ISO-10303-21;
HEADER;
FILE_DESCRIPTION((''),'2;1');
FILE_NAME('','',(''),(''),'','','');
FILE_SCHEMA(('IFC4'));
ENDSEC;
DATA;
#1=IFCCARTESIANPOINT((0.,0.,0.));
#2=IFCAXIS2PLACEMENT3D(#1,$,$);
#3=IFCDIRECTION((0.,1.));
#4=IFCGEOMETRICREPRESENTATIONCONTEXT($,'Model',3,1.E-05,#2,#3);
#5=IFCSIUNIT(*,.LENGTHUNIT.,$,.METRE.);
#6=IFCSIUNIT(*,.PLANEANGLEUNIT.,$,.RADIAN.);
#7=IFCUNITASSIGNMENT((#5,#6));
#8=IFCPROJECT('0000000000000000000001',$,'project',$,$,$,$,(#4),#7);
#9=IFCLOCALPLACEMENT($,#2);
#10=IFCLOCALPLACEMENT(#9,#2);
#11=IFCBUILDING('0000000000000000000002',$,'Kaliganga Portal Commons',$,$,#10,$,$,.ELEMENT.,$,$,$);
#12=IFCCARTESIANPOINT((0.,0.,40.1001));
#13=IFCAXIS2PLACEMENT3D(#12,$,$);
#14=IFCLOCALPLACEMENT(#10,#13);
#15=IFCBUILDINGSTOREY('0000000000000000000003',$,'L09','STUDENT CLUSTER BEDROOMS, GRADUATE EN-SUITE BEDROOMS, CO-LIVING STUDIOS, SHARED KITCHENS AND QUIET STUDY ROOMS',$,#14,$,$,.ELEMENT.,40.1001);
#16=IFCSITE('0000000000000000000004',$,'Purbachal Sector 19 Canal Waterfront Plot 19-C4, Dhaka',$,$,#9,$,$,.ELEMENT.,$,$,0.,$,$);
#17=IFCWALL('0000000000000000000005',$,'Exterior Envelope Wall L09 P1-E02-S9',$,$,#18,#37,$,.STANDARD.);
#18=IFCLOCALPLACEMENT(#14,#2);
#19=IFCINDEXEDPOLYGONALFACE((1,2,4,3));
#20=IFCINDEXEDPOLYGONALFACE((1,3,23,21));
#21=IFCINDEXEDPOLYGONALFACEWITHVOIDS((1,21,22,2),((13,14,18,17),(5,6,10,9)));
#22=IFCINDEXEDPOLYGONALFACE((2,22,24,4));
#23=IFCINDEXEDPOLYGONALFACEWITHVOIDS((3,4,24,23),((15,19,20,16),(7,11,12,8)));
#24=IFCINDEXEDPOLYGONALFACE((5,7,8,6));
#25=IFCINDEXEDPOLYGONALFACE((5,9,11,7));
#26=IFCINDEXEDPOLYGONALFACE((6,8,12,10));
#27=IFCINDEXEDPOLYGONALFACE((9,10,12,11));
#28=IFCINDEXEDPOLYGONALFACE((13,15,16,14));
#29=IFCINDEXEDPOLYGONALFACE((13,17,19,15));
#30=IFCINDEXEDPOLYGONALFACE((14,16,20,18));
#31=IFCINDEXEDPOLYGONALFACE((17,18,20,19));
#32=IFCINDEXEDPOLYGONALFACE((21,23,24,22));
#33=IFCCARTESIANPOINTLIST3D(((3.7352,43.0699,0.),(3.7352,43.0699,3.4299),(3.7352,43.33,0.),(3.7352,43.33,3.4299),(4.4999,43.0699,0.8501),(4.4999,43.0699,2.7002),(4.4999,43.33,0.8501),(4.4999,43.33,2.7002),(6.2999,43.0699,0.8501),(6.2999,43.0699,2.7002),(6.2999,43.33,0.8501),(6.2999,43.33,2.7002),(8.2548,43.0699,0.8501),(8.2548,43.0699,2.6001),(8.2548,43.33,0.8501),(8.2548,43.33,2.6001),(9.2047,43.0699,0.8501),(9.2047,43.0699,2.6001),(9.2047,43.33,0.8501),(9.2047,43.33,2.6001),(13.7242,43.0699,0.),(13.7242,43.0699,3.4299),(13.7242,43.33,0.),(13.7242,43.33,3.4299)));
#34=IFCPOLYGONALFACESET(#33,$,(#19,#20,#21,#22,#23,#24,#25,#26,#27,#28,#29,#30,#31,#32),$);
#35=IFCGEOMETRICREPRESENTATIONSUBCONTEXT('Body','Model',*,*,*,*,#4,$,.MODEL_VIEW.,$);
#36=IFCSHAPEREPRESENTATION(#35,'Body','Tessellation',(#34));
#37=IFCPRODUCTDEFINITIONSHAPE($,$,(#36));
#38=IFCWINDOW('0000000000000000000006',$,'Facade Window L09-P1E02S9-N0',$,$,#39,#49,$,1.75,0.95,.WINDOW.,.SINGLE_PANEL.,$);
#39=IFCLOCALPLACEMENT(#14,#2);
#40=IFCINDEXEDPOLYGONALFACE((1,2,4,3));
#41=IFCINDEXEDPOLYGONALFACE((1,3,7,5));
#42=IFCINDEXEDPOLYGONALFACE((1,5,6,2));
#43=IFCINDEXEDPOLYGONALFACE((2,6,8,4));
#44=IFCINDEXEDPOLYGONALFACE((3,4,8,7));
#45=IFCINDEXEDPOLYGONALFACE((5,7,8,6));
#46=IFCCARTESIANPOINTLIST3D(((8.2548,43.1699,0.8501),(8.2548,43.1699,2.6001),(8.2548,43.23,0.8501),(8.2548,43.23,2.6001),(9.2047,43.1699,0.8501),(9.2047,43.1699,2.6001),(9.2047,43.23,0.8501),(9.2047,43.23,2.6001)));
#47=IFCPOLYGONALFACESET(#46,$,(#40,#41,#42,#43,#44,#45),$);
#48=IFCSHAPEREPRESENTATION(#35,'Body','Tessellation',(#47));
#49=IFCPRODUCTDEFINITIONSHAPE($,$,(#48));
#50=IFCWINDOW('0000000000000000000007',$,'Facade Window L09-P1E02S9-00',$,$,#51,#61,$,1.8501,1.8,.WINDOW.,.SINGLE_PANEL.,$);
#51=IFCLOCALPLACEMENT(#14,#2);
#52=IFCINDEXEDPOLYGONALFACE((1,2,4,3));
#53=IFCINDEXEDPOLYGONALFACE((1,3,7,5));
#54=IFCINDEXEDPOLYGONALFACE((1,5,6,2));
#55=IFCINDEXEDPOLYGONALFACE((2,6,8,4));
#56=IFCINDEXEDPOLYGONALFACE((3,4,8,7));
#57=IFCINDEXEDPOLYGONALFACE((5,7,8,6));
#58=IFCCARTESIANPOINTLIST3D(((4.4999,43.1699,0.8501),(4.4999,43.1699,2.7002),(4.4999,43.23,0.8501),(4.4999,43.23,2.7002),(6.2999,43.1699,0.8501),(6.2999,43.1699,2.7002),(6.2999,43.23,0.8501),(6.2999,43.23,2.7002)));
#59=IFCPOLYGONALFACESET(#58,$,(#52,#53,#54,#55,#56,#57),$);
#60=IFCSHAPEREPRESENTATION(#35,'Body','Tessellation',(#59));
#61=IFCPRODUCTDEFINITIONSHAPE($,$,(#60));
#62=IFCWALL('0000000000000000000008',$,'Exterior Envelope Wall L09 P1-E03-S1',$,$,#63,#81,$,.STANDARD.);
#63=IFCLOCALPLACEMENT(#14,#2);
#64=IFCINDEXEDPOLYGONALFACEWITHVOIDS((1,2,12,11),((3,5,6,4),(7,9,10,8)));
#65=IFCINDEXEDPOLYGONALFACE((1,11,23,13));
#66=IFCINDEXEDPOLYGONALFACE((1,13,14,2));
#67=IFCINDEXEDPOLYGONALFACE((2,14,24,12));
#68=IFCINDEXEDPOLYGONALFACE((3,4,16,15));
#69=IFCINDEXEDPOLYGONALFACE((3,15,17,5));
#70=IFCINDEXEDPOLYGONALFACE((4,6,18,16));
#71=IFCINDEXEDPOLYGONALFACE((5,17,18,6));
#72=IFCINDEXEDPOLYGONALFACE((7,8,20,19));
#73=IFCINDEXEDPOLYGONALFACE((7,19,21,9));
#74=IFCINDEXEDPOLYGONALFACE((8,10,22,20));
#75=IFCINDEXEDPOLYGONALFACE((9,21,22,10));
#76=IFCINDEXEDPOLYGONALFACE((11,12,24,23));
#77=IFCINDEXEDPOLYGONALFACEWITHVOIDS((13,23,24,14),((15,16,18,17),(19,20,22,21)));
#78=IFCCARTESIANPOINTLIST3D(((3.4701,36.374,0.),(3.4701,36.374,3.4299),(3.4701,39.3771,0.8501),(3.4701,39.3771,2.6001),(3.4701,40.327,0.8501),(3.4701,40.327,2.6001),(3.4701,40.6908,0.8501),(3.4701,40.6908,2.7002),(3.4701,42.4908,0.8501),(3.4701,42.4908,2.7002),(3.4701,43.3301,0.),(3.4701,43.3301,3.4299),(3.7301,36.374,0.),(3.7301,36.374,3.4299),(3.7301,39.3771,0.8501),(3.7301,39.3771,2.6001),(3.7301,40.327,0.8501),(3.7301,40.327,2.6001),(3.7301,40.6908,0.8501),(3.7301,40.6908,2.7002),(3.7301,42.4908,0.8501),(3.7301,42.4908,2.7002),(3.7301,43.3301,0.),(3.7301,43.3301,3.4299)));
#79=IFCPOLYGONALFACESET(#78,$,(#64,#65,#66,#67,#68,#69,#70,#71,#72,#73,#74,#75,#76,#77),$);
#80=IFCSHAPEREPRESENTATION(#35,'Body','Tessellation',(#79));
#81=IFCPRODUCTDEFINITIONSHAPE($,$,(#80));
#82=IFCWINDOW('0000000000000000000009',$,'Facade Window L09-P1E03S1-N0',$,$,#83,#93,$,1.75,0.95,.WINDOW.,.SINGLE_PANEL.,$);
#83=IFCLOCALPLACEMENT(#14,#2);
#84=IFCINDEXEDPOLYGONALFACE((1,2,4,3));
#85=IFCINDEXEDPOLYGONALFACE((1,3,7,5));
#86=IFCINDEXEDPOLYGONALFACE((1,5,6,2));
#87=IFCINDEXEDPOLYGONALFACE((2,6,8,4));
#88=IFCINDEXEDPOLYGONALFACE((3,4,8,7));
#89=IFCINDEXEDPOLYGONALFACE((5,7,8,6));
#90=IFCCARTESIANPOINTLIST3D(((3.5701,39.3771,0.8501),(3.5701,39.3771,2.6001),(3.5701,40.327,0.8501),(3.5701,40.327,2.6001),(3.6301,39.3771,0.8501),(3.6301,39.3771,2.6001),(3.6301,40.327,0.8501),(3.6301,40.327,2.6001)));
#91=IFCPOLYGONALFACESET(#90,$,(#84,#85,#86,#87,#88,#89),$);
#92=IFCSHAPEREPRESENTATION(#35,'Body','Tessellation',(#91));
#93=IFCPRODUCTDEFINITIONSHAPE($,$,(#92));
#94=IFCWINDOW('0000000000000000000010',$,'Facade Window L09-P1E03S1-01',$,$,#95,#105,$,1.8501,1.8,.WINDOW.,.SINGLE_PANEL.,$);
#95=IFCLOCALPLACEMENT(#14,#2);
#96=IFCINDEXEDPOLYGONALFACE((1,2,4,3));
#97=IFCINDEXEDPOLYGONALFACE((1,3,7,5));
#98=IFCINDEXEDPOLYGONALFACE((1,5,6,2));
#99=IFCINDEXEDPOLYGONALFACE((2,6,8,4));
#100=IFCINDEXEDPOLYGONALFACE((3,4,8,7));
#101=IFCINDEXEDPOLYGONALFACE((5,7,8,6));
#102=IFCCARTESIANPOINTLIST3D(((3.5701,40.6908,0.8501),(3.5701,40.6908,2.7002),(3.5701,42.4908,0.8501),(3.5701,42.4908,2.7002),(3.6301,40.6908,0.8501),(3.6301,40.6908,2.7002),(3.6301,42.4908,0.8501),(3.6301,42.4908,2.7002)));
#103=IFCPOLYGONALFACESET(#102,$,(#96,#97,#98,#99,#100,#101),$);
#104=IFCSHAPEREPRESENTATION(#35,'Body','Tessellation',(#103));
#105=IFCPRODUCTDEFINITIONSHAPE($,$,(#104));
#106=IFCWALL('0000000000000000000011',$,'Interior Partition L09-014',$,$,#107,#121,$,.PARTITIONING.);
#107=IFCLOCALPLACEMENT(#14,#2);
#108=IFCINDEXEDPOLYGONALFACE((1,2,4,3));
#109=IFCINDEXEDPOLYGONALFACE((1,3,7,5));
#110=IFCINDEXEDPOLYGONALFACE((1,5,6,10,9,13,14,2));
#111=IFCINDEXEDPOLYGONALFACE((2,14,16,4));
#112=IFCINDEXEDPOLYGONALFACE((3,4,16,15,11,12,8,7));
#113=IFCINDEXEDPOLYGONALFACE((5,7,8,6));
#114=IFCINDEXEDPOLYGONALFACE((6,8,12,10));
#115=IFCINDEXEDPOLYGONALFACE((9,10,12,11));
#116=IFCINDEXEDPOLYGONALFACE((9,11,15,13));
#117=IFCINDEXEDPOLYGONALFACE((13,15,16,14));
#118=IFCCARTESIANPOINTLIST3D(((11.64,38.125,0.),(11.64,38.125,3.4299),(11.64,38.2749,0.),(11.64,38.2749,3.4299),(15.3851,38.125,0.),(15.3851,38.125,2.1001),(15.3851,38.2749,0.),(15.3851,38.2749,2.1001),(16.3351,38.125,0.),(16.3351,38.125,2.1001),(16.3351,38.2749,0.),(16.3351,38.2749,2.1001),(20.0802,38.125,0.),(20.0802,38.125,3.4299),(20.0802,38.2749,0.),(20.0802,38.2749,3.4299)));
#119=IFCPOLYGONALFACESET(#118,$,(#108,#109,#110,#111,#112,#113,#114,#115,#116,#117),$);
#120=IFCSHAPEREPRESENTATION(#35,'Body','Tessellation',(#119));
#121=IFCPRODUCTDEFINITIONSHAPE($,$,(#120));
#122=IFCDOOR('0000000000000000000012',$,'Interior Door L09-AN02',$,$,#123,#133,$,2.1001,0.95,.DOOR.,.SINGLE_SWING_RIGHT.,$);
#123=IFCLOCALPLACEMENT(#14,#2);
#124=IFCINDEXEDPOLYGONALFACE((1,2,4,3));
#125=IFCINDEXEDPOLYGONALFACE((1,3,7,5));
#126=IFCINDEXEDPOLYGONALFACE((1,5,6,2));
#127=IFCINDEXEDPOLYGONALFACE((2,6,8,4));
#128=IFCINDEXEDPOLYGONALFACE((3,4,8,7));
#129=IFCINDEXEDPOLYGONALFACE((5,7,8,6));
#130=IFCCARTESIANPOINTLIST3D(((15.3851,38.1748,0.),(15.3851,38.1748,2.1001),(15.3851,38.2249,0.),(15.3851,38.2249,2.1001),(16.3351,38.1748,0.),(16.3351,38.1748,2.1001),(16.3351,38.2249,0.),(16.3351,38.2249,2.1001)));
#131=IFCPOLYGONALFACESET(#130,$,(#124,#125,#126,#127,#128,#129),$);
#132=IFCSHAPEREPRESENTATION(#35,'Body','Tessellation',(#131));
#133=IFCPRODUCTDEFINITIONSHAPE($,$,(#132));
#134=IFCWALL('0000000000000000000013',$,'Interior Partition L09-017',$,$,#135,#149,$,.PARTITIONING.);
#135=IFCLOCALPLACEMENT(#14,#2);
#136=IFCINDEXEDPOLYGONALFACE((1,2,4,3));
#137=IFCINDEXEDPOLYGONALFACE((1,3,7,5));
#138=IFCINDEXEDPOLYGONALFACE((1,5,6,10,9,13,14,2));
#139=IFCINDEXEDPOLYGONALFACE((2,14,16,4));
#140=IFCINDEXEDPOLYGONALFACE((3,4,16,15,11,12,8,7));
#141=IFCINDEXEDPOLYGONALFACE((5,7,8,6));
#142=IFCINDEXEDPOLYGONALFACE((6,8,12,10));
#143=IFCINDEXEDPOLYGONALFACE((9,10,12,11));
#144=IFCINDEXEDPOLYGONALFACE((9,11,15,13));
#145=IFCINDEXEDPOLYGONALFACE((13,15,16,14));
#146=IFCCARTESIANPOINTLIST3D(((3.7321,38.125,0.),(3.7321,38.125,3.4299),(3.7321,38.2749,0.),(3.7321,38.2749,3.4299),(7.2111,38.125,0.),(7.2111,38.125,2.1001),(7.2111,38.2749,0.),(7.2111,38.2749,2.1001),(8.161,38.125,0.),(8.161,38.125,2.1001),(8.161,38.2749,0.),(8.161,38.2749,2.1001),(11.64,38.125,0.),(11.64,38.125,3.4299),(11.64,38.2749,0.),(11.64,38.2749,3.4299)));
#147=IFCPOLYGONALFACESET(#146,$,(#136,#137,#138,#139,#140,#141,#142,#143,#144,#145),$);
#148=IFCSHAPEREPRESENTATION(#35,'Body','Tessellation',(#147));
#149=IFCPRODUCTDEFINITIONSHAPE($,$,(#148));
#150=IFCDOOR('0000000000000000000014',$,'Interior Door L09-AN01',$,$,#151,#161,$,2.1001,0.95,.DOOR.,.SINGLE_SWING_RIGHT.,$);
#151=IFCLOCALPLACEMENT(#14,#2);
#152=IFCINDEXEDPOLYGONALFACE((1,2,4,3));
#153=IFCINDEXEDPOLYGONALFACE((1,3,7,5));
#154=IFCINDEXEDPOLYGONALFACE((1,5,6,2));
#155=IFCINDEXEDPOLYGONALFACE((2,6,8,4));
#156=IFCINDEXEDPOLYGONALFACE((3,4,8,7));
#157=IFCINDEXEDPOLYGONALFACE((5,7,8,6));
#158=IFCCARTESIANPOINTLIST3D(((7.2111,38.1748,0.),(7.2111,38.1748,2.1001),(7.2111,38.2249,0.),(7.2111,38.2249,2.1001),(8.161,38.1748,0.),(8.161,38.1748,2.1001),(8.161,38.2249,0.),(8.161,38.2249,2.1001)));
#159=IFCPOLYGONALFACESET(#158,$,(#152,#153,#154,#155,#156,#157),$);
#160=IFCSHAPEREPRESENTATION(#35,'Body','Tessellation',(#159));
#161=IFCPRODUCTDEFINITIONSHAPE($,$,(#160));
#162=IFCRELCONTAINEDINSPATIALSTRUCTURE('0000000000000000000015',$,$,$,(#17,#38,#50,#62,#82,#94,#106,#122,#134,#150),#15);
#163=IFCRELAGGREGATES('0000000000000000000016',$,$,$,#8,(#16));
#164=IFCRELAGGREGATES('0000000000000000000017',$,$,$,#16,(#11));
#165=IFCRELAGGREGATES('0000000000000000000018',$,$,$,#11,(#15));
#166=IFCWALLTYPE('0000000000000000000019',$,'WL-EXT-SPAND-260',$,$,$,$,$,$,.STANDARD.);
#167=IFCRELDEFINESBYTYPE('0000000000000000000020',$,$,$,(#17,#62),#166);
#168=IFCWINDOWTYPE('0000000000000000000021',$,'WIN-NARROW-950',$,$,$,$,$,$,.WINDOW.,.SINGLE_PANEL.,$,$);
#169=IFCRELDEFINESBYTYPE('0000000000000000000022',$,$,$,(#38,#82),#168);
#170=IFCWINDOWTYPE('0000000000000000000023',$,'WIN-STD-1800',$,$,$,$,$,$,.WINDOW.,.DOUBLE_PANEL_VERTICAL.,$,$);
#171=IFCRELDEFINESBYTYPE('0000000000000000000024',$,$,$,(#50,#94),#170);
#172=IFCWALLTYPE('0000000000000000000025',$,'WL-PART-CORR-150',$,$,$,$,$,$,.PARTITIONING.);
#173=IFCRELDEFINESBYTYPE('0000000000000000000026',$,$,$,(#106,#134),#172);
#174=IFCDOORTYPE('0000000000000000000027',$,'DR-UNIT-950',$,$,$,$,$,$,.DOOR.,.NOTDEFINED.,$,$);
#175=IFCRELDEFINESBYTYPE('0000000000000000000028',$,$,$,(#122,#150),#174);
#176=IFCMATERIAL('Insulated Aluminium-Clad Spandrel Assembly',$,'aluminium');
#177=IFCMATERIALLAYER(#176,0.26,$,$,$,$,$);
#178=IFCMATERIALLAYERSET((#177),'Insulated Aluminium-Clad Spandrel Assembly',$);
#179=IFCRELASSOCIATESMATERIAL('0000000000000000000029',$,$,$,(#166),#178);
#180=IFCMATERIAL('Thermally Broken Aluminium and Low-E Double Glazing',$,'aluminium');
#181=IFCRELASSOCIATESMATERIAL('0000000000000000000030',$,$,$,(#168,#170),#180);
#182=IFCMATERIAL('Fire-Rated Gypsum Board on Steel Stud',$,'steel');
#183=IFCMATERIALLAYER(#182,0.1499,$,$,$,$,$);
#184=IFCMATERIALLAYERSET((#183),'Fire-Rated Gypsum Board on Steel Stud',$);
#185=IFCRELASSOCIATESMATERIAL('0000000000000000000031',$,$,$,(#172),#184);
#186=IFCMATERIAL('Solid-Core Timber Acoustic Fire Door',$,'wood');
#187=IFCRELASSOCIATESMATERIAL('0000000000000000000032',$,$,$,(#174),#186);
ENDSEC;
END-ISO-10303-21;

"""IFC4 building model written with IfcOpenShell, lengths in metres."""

from ifc_helpers import new_model, si_unit, direction, frame, frame_2d, origin, place, context, subcontext, project, spatial, rectangle, extrude, material, layer, layer_set, type_object, element, fill, save


model = new_model("IFC4")

# Units and contexts
model_context = context("Model", 3, precision=1e-05, world=origin(), true_north=direction((0.0, 1.0)))
body_context = subcontext(model_context, "Body", "Model", "MODEL_VIEW")
ifc_project = project(units=[si_unit("LENGTHUNIT", "METRE"), si_unit("PLANEANGLEUNIT", "RADIAN")], contexts=[model_context])

# Site, building, storey
site_placement = place(None, origin())
site = spatial("IfcSite", under=ifc_project, at=site_placement, Name="Purbachal Sector 19 Canal Waterfront Plot 19-C4, Dhaka", CompositionType="ELEMENT", RefElevation=0.0)
building_placement = place(site_placement, origin())
building = spatial("IfcBuilding", under=site, at=building_placement, Name="Kaliganga Portal Commons", CompositionType="ELEMENT")
storey_placement = place(building_placement, frame((0.0, 0.0, 40.1001)))
storey = spatial("IfcBuildingStorey", under=building, at=storey_placement, Name="L09", Description="STUDENT CLUSTER BEDROOMS, GRADUATE EN-SUITE BEDROOMS, CO-LIVING STUDIOS, SHARED KITCHENS AND QUIET STUDY ROOMS", CompositionType="ELEMENT", Elevation=40.1001)

# Walls, openings, windows
ifc_material_1 = material(Name="Insulated Aluminium-Clad Spandrel Assembly", Category="aluminium")
ifc_layer_1 = layer(ifc_material_1, 0.26)
ifc_layer_set_1 = layer_set([ifc_layer_1], Name="Insulated Aluminium-Clad Spandrel Assembly")
wall_type_1 = type_object("IfcWallType", Name="WL-EXT-SPAND-260", PredefinedType="STANDARD", material=ifc_layer_set_1)
wall_1_placement = place(storey_placement, frame((3.7351, 43.2, 0.0), z_axis=(0.0, 0.0, 1.0), x_axis=(1.0, 0.0, 0.0)))
wall_1 = element("IfcWall", 1, at=wall_1_placement, inside=storey, type_object=wall_type_1, Name="Exterior Envelope Wall L09 P1-E02-S9", PredefinedType="STANDARD", context=body_context, shape_type="SweptSolid", body=[
    extrude(rectangle(XDim=9.989, YDim=0.26, at=frame_2d((4.9946, 0.0))), origin(), (0.0, 0.0, 1.0), 3.4299),
])
opening_1_placement = place(wall_1_placement, frame((0.7649, 0.0, 0.8501)))
opening_1 = element("IfcOpeningElement", 2, at=opening_1_placement, cuts=wall_1, PredefinedType="OPENING", context=body_context, shape_type="SweptSolid", body=[
    extrude(rectangle(XDim=1.8, YDim=1.8501, at=frame_2d((0.8999, 0.925))), frame((0.0, 0.1401, 0.0), z_axis=(0.0, -1.0, 0.0), x_axis=(1.0, 0.0, 0.0)), (0.0, 0.0, 1.0), 0.28),
])
opening_2_placement = place(wall_1_placement, frame((4.5195, 0.0, 0.8501)))
opening_2 = element("IfcOpeningElement", 3, at=opening_2_placement, cuts=wall_1, PredefinedType="OPENING", context=body_context, shape_type="SweptSolid", body=[
    extrude(rectangle(XDim=0.95, YDim=1.75, at=frame_2d((0.4751, 0.875))), frame((0.0, 0.1401, 0.0), z_axis=(0.0, -1.0, 0.0), x_axis=(1.0, 0.0, 0.0)), (0.0, 0.0, 1.0), 0.28),
])
ifc_material_2 = material(Name="Thermally Broken Aluminium and Low-E Double Glazing", Category="aluminium")
window_type_1 = type_object("IfcWindowType", Name="WIN-NARROW-950", PartitioningType="SINGLE_PANEL", PredefinedType="WINDOW", material=ifc_material_2)
window_1_placement = place(opening_2_placement, origin())
window_1 = element("IfcWindow", 4, at=window_1_placement, inside=storey, type_object=window_type_1, Name="Facade Window L09-P1E02S9-N0", OverallHeight=1.75, OverallWidth=0.95, PartitioningType="SINGLE_PANEL", PredefinedType="WINDOW", context=body_context, shape_type="SweptSolid", body=[
    extrude(rectangle(XDim=0.95, YDim=1.75, at=frame_2d((0.4751, 0.875))), frame((0.0, 0.03, 0.0), z_axis=(0.0, -1.0, 0.0), x_axis=(1.0, 0.0, 0.0)), (0.0, 0.0, 1.0), 0.0601),
])
fill(opening_2, window_1)
window_type_2 = type_object("IfcWindowType", Name="WIN-STD-1800", PartitioningType="DOUBLE_PANEL_VERTICAL", PredefinedType="WINDOW", material=ifc_material_2)
window_2_placement = place(opening_1_placement, origin())
window_2 = element("IfcWindow", 5, at=window_2_placement, inside=storey, type_object=window_type_2, Name="Facade Window L09-P1E02S9-00", OverallHeight=1.8501, OverallWidth=1.8, PartitioningType="SINGLE_PANEL", PredefinedType="WINDOW", context=body_context, shape_type="SweptSolid", body=[
    extrude(rectangle(XDim=1.8, YDim=1.8501, at=frame_2d((0.8999, 0.925))), frame((0.0, 0.03, 0.0), z_axis=(0.0, -1.0, 0.0), x_axis=(1.0, 0.0, 0.0)), (0.0, 0.0, 1.0), 0.0601),
])
fill(opening_1, window_2)
wall_2_placement = place(storey_placement, frame((3.6001, 36.374, 0.0), z_axis=(0.0, 0.0, 1.0), x_axis=(0.0, 1.0, 0.0)))
wall_2 = element("IfcWall", 6, at=wall_2_placement, inside=storey, type_object=wall_type_1, Name="Exterior Envelope Wall L09 P1-E03-S1", PredefinedType="STANDARD", context=body_context, shape_type="SweptSolid", body=[
    extrude(rectangle(XDim=6.9561, YDim=0.26, at=frame_2d((3.478, 0.0))), origin(), (0.0, 0.0, 1.0), 3.4299),
])
opening_3_placement = place(wall_2_placement, frame((4.3169, 0.0, 0.8501)))
opening_3 = element("IfcOpeningElement", 7, at=opening_3_placement, cuts=wall_2, PredefinedType="OPENING", context=body_context, shape_type="SweptSolid", body=[
    extrude(rectangle(XDim=1.8, YDim=1.8501, at=frame_2d((0.8999, 0.925))), frame((0.0, 0.1401, 0.0), z_axis=(0.0, -1.0, 0.0), x_axis=(1.0, 0.0, 0.0)), (0.0, 0.0, 1.0), 0.28),
])
opening_4_placement = place(wall_2_placement, frame((3.0029, 0.0, 0.8501)))
opening_4 = element("IfcOpeningElement", 8, at=opening_4_placement, cuts=wall_2, PredefinedType="OPENING", context=body_context, shape_type="SweptSolid", body=[
    extrude(rectangle(XDim=0.95, YDim=1.75, at=frame_2d((0.4751, 0.875))), frame((0.0, 0.1401, 0.0), z_axis=(0.0, -1.0, 0.0), x_axis=(1.0, 0.0, 0.0)), (0.0, 0.0, 1.0), 0.28),
])
window_3_placement = place(opening_4_placement, origin())
window_3 = element("IfcWindow", 9, at=window_3_placement, inside=storey, type_object=window_type_1, Name="Facade Window L09-P1E03S1-N0", OverallHeight=1.75, OverallWidth=0.95, PartitioningType="SINGLE_PANEL", PredefinedType="WINDOW", context=body_context, shape_type="SweptSolid", body=[
    extrude(rectangle(XDim=0.95, YDim=1.75, at=frame_2d((0.4751, 0.875))), frame((0.0, 0.03, 0.0), z_axis=(0.0, -1.0, 0.0), x_axis=(1.0, 0.0, 0.0)), (0.0, 0.0, 1.0), 0.0601),
])
fill(opening_4, window_3)
window_4_placement = place(opening_3_placement, origin())
window_4 = element("IfcWindow", 10, at=window_4_placement, inside=storey, type_object=window_type_2, Name="Facade Window L09-P1E03S1-01", OverallHeight=1.8501, OverallWidth=1.8, PartitioningType="SINGLE_PANEL", PredefinedType="WINDOW", context=body_context, shape_type="SweptSolid", body=[
    extrude(rectangle(XDim=1.8, YDim=1.8501, at=frame_2d((0.8999, 0.925))), frame((0.0, 0.03, 0.0), z_axis=(0.0, -1.0, 0.0), x_axis=(1.0, 0.0, 0.0)), (0.0, 0.0, 1.0), 0.0601),
])
fill(opening_3, window_4)

# Walls, openings, doors
ifc_material_3 = material(Name="Fire-Rated Gypsum Board on Steel Stud", Category="steel")
ifc_layer_2 = layer(ifc_material_3, 0.1499)
ifc_layer_set_2 = layer_set([ifc_layer_2], Name="Fire-Rated Gypsum Board on Steel Stud")
wall_type_2 = type_object("IfcWallType", Name="WL-PART-CORR-150", PredefinedType="PARTITIONING", material=ifc_layer_set_2)
wall_3_placement = place(storey_placement, frame((11.6399, 38.2, 0.0), z_axis=(0.0, 0.0, 1.0), x_axis=(1.0, 0.0, 0.0)))
wall_3 = element("IfcWall", 11, at=wall_3_placement, inside=storey, type_object=wall_type_2, Name="Interior Partition L09-014", PredefinedType="PARTITIONING", context=body_context, shape_type="SweptSolid", body=[
    extrude(rectangle(XDim=8.4402, YDim=0.1499, at=frame_2d((4.2202, 0.0))), origin(), (0.0, 0.0, 1.0), 3.4299),
])
opening_5_placement = place(wall_3_placement, frame((3.7451, 0.0, 0.0)))
opening_5 = element("IfcOpeningElement", 12, at=opening_5_placement, cuts=wall_3, PredefinedType="OPENING", context=body_context, shape_type="SweptSolid", body=[
    extrude(rectangle(XDim=0.95, YDim=2.1001, at=frame_2d((0.4751, 1.05))), frame((0.0, 0.085, 0.0), z_axis=(0.0, -1.0, 0.0), x_axis=(1.0, 0.0, 0.0)), (0.0, 0.0, 1.0), 0.1699),
])
ifc_material_4 = material(Name="Solid-Core Timber Acoustic Fire Door", Category="wood")
door_type_1 = type_object("IfcDoorType", Name="DR-UNIT-950", OperationType="NOTDEFINED", PredefinedType="DOOR", material=ifc_material_4)
door_1_placement = place(opening_5_placement, origin())
door_1 = element("IfcDoor", 13, at=door_1_placement, inside=storey, type_object=door_type_1, Name="Interior Door L09-AN02", OperationType="SINGLE_SWING_RIGHT", OverallHeight=2.1001, OverallWidth=0.95, PredefinedType="DOOR", context=body_context, shape_type="SweptSolid", body=[
    extrude(rectangle(XDim=0.95, YDim=2.1001, at=frame_2d((0.4751, 1.05))), frame((0.0, 0.0249, 0.0), z_axis=(0.0, -1.0, 0.0), x_axis=(1.0, 0.0, 0.0)), (0.0, 0.0, 1.0), 0.05),
])
fill(opening_5, door_1)
wall_4_placement = place(storey_placement, frame((3.7319, 38.2, 0.0), z_axis=(0.0, 0.0, 1.0), x_axis=(1.0, 0.0, 0.0)))
wall_4 = element("IfcWall", 14, at=wall_4_placement, inside=storey, type_object=wall_type_2, Name="Interior Partition L09-017", PredefinedType="PARTITIONING", context=body_context, shape_type="SweptSolid", body=[
    extrude(rectangle(XDim=7.908, YDim=0.1499, at=frame_2d((3.9541, 0.0))), origin(), (0.0, 0.0, 1.0), 3.4299),
])
opening_6_placement = place(wall_4_placement, frame((3.479, 0.0, 0.0)))
opening_6 = element("IfcOpeningElement", 15, at=opening_6_placement, cuts=wall_4, PredefinedType="OPENING", context=body_context, shape_type="SweptSolid", body=[
    extrude(rectangle(XDim=0.95, YDim=2.1001, at=frame_2d((0.4751, 1.05))), frame((0.0, 0.085, 0.0), z_axis=(0.0, -1.0, 0.0), x_axis=(1.0, 0.0, 0.0)), (0.0, 0.0, 1.0), 0.1699),
])
door_2_placement = place(opening_6_placement, origin())
door_2 = element("IfcDoor", 16, at=door_2_placement, inside=storey, type_object=door_type_1, Name="Interior Door L09-AN01", OperationType="SINGLE_SWING_RIGHT", OverallHeight=2.1001, OverallWidth=0.95, PredefinedType="DOOR", context=body_context, shape_type="SweptSolid", body=[
    extrude(rectangle(XDim=0.95, YDim=2.1001, at=frame_2d((0.4751, 1.05))), frame((0.0, 0.0249, 0.0), z_axis=(0.0, -1.0, 0.0), x_axis=(1.0, 0.0, 0.0)), (0.0, 0.0, 1.0), 0.05),
])
fill(opening_6, door_2)

save(model, "model.ifc")
